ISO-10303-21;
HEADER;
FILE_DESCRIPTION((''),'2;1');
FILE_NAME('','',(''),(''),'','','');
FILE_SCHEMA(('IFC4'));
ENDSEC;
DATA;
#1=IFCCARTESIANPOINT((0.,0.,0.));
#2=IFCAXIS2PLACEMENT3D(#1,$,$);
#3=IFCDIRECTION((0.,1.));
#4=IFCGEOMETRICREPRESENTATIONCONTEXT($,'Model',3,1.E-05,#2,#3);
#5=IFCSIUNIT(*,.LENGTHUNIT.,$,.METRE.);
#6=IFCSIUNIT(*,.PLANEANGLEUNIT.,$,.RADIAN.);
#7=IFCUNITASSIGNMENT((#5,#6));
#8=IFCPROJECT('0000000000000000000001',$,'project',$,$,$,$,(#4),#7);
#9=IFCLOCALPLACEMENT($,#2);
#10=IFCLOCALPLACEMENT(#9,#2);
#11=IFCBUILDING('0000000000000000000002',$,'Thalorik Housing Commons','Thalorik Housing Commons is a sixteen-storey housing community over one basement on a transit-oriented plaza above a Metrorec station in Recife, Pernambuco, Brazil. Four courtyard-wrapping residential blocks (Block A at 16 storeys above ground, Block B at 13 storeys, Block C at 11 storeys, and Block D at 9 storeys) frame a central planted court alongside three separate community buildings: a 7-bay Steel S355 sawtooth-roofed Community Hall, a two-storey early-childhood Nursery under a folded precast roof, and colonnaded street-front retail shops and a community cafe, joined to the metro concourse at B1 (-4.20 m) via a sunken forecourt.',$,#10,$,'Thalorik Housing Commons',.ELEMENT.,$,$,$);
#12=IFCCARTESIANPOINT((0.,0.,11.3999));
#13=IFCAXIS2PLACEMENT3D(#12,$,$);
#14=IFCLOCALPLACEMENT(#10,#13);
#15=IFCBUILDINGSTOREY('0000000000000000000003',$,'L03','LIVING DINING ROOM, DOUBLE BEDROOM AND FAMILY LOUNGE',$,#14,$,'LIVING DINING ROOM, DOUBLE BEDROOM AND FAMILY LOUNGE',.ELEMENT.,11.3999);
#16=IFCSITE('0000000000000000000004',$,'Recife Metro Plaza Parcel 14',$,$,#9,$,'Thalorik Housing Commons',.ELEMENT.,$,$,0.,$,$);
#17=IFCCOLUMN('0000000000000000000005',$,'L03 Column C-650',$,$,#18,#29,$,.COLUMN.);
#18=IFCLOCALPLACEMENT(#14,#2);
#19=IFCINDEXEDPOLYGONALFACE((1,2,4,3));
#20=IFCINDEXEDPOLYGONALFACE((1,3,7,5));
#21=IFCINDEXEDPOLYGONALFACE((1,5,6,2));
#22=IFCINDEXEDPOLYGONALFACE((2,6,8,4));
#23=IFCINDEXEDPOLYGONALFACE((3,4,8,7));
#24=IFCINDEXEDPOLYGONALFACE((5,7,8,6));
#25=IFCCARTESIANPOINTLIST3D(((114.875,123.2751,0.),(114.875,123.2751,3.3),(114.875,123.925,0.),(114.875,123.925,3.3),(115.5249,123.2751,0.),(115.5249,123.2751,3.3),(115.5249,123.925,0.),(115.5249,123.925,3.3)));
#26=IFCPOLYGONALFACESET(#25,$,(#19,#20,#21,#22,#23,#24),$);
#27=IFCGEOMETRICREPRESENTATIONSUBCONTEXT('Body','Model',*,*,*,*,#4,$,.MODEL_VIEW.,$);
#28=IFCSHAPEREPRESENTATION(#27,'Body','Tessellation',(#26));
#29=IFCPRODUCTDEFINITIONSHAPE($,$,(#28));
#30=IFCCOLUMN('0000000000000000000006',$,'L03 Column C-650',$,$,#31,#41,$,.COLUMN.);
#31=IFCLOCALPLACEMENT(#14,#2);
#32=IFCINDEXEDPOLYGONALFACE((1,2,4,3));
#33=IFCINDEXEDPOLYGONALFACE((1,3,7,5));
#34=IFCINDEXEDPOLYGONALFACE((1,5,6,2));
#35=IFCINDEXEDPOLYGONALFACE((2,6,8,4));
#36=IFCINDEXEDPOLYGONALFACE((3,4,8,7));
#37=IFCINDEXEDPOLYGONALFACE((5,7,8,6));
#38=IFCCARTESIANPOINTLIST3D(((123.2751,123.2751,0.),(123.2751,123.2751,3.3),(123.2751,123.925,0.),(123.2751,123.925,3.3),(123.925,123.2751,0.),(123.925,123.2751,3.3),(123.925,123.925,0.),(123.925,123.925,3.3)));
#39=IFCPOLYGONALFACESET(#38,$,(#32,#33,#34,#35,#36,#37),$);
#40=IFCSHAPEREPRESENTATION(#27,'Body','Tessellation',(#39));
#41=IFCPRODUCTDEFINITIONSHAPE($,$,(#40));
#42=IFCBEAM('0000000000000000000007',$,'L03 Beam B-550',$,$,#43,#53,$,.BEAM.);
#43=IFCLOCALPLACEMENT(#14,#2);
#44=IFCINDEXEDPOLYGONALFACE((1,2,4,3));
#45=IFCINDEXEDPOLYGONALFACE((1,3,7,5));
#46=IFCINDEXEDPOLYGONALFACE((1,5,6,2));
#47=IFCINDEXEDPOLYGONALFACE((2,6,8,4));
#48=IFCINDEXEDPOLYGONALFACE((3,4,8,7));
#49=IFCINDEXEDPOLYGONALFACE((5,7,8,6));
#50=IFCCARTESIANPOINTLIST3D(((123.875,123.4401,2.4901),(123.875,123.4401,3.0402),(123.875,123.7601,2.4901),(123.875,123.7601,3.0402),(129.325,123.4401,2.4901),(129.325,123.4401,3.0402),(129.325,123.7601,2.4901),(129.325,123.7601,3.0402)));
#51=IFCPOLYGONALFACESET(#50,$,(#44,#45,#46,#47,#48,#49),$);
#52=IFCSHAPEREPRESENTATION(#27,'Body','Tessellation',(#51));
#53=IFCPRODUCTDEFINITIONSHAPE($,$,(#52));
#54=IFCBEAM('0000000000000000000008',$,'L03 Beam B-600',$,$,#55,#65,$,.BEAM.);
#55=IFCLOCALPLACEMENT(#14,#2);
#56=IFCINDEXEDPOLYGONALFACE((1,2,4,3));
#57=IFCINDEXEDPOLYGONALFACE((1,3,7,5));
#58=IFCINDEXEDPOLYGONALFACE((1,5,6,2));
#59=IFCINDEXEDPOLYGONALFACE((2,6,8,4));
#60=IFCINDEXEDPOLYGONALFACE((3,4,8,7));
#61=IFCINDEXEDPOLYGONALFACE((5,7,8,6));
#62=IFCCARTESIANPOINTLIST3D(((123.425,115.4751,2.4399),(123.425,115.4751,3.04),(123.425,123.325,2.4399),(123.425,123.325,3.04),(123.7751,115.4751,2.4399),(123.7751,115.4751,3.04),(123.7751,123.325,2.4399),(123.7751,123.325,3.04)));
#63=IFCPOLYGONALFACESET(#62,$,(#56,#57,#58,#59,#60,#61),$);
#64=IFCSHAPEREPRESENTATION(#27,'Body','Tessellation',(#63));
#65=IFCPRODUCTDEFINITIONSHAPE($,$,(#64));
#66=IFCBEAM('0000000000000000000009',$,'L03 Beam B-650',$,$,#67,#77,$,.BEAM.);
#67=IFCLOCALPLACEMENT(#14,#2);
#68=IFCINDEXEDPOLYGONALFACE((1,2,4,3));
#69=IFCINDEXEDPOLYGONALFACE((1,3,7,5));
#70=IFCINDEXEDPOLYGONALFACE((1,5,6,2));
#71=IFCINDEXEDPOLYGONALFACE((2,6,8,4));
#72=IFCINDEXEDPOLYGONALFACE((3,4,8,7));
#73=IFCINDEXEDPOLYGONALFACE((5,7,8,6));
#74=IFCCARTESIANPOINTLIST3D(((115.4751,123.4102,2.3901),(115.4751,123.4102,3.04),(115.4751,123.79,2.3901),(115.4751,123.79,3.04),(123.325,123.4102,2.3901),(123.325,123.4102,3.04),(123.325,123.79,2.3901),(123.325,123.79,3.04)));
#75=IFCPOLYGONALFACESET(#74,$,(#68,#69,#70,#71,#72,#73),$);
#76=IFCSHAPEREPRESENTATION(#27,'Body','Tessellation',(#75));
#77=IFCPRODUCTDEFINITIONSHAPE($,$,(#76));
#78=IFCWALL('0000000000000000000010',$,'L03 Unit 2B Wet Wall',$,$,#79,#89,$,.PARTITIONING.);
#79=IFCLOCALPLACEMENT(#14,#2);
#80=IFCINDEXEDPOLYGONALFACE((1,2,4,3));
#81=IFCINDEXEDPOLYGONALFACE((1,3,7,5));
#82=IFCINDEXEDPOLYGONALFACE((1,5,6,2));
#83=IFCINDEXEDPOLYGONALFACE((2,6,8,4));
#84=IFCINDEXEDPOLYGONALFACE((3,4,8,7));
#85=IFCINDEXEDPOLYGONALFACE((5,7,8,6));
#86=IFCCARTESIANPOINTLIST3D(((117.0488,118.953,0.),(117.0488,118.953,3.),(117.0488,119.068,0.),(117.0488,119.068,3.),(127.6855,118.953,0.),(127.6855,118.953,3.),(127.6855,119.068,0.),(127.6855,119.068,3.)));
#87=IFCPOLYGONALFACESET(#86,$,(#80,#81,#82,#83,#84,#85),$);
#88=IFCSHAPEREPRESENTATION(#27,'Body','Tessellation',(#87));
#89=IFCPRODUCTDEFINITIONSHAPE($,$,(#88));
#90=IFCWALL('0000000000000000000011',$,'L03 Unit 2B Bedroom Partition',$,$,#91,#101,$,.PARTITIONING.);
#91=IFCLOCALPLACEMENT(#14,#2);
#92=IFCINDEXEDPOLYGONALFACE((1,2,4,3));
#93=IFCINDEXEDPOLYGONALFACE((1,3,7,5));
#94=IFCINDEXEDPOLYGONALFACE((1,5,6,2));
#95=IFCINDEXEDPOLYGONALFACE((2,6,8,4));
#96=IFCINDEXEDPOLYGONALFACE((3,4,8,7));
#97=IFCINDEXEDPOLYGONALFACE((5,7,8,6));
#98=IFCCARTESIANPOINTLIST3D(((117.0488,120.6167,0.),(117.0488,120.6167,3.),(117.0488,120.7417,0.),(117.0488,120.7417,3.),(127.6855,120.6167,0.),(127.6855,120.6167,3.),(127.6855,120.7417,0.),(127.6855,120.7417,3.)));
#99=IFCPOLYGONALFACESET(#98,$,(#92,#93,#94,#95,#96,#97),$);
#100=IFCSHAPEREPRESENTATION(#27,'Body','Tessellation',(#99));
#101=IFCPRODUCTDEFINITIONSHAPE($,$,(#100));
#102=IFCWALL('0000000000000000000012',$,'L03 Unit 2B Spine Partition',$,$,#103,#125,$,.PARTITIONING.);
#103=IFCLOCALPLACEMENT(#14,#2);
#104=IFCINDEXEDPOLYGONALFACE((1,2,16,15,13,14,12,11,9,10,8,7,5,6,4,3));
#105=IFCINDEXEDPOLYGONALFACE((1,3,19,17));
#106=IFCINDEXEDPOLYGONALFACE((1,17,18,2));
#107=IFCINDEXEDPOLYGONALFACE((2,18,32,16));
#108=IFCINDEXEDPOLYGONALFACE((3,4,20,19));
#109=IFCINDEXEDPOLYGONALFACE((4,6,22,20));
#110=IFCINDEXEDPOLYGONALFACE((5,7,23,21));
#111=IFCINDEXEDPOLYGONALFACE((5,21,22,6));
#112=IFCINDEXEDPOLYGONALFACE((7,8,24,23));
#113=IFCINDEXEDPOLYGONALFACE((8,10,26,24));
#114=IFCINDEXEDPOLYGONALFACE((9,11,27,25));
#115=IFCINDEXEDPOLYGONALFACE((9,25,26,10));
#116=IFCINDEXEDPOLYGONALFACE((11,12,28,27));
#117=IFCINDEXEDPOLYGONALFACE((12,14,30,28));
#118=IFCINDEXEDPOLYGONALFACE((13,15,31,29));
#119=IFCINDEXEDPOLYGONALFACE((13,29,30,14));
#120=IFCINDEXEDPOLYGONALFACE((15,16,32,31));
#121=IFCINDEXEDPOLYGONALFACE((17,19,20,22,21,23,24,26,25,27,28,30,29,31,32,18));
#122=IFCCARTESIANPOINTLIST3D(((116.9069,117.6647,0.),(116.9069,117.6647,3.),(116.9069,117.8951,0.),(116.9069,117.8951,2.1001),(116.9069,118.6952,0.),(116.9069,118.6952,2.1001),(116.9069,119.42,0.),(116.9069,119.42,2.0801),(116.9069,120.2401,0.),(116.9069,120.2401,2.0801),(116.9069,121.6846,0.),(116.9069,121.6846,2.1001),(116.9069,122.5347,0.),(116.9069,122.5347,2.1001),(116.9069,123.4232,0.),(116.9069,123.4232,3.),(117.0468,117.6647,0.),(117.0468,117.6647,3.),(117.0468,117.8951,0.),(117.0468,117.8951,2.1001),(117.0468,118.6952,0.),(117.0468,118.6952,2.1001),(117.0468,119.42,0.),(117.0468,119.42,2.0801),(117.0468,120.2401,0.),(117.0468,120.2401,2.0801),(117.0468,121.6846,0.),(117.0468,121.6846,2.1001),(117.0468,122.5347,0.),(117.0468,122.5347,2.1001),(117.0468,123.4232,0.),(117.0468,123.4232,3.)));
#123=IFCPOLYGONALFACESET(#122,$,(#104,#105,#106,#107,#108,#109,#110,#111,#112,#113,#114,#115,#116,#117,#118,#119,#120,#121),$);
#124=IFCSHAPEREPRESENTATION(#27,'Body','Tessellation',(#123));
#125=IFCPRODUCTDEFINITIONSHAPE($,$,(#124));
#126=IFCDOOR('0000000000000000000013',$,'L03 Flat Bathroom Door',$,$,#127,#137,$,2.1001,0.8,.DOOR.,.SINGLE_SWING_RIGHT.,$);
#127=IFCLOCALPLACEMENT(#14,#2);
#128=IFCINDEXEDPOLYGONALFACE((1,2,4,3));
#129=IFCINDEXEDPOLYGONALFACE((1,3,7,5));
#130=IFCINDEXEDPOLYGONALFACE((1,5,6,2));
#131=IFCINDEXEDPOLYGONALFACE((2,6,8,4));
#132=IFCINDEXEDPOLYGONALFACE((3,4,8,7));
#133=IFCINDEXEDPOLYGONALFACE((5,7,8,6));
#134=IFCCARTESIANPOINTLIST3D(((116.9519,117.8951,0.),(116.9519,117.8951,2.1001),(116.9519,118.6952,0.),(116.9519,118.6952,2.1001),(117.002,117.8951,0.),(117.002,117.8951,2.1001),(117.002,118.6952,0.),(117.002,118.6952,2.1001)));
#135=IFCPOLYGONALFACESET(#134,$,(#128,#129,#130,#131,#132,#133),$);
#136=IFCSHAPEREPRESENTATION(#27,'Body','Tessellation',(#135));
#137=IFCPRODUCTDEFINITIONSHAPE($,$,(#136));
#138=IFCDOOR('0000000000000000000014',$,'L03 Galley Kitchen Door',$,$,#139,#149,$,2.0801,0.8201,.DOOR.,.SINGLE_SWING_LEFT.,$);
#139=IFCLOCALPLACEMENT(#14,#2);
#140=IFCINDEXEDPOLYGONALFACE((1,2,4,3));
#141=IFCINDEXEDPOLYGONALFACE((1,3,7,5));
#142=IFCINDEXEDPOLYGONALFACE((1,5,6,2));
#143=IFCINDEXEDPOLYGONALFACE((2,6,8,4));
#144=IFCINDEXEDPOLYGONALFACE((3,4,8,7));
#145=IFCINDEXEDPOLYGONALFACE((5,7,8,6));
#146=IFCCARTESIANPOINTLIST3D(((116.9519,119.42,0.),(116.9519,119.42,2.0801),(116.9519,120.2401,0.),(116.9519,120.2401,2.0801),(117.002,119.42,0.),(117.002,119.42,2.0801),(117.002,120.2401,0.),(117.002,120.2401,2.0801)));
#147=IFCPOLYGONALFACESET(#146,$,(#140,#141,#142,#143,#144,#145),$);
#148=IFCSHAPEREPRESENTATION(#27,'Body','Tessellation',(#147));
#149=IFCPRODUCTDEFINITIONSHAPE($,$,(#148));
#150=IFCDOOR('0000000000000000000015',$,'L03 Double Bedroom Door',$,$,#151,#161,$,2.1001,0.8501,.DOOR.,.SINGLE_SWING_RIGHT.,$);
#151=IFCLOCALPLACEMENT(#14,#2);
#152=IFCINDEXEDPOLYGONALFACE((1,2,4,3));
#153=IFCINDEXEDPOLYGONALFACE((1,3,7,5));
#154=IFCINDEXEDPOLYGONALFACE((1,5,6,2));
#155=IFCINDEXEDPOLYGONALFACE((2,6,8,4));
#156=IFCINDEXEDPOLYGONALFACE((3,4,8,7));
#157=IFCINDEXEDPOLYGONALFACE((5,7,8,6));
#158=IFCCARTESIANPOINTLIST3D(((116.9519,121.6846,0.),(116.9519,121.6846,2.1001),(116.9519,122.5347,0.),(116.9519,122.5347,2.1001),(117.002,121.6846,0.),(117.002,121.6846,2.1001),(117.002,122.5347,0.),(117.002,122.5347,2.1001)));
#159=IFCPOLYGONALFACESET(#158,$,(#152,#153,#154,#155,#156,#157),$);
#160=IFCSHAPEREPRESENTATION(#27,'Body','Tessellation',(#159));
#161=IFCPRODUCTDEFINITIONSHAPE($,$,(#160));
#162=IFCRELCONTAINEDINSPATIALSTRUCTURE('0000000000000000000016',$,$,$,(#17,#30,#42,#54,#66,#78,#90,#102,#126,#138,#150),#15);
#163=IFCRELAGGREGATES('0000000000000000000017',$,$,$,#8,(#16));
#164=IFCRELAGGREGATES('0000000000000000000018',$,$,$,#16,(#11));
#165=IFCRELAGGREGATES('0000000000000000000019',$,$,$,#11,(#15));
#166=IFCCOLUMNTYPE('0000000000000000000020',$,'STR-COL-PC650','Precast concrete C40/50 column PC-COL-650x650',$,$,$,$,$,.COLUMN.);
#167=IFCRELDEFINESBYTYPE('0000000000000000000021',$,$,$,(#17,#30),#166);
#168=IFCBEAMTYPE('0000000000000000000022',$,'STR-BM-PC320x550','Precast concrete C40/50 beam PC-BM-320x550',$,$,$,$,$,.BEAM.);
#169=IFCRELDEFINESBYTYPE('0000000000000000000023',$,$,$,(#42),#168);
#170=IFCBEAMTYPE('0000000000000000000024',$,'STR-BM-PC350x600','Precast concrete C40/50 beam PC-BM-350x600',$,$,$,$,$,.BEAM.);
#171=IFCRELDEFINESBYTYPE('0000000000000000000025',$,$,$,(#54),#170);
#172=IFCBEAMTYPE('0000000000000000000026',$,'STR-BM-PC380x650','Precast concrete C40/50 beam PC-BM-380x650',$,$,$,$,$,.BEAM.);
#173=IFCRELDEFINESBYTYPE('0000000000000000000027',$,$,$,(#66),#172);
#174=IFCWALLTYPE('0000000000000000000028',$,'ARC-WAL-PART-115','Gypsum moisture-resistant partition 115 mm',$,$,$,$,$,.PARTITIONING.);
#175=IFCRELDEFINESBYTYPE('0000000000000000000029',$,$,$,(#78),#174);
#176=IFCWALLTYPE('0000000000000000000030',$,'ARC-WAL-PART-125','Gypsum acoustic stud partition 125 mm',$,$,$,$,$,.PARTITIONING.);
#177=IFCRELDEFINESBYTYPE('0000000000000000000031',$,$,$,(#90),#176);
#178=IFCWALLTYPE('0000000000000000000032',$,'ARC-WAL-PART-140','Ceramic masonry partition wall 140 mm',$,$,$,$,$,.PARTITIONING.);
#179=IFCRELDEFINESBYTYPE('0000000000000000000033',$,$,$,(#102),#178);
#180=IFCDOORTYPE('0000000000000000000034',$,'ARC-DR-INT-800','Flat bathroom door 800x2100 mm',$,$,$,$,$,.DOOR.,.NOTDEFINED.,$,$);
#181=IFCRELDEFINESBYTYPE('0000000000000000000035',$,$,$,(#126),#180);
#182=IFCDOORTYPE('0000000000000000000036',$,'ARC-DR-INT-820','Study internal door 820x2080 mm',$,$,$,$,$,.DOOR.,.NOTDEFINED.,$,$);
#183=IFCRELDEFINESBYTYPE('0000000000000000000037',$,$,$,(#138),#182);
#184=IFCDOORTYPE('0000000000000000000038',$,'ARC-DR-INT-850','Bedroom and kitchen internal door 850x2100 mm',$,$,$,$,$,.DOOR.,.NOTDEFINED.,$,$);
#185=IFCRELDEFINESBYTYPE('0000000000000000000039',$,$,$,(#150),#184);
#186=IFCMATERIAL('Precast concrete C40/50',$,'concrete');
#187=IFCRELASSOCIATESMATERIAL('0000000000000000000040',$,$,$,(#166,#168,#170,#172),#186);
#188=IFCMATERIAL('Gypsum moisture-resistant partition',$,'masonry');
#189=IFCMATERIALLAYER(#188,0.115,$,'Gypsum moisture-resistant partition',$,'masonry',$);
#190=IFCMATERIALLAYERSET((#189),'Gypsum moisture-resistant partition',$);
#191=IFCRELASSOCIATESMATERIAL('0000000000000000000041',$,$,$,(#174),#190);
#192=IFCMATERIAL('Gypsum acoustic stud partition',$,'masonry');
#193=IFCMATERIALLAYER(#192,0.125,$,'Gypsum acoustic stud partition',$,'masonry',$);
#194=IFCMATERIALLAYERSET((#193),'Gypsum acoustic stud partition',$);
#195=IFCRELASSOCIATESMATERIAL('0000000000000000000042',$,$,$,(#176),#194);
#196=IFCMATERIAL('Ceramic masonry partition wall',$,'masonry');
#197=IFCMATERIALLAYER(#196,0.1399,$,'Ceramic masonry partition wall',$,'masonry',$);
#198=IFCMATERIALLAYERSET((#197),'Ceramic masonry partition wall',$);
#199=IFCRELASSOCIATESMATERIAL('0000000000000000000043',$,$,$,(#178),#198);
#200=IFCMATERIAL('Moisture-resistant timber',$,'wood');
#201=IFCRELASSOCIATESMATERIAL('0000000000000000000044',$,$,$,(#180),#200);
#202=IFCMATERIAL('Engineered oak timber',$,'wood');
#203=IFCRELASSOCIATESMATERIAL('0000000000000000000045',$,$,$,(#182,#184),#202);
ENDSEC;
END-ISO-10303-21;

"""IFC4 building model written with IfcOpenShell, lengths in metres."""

from ifc_helpers import new_model, si_unit, direction, frame, frame_2d, origin, origin_2d, place, context, subcontext, project, spatial, rectangle, extrude, material, layer, layer_set, material_profile, profile_set, type_object, element, fill, save


model = new_model("IFC4")

# Units and contexts
model_context = context("Model", 3, precision=1e-05, world=origin(), true_north=direction((0.0, 1.0)))
body_context = subcontext(model_context, "Body", "Model", "MODEL_VIEW")
ifc_project = project(units=[si_unit("LENGTHUNIT", "METRE"), si_unit("PLANEANGLEUNIT", "RADIAN")], contexts=[model_context])

# Site, building, storey
site_placement = place(None, origin())
site = spatial("IfcSite", under=ifc_project, at=site_placement, Name="Recife Metro Plaza Parcel 14", LongName="Thalorik Housing Commons", CompositionType="ELEMENT", RefElevation=0.0)
building_placement = place(site_placement, origin())
building = spatial("IfcBuilding", under=site, at=building_placement, Name="Thalorik Housing Commons", Description="Thalorik Housing Commons is a sixteen-storey housing community over one basement on a transit-oriented plaza above a Metrorec station in Recife, Pernambuco, Brazil. Four courtyard-wrapping residential blocks (Block A at 16 storeys above ground, Block B at 13 storeys, Block C at 11 storeys, and Block D at 9 storeys) frame a central planted court alongside three separate community buildings: a 7-bay Steel S355 sawtooth-roofed Community Hall, a two-storey early-childhood Nursery under a folded precast roof, and colonnaded street-front retail shops and a community cafe, joined to the metro concourse at B1 (-4.20 m) via a sunken forecourt.", LongName="Thalorik Housing Commons", CompositionType="ELEMENT")
storey_placement = place(building_placement, frame((0.0, 0.0, 11.3999)))
storey = spatial("IfcBuildingStorey", under=building, at=storey_placement, Name="L03", Description="LIVING DINING ROOM, DOUBLE BEDROOM AND FAMILY LOUNGE", LongName="LIVING DINING ROOM, DOUBLE BEDROOM AND FAMILY LOUNGE", CompositionType="ELEMENT", Elevation=11.3999)

# Columns
ifc_material_1 = material(Name="Precast concrete C40/50", Category="concrete")
ifc_material_profile_1 = material_profile(ifc_material_1, rectangle(XDim=0.6499, YDim=0.6499, at=origin_2d()), Name="PC 650x650", Category="concrete")
ifc_profile_set_1 = profile_set([ifc_material_profile_1], Name="Precast concrete C40/50")
column_type = type_object("IfcColumnType", Name="STR-COL-PC650", Description="Precast concrete C40/50 column PC-COL-650x650", PredefinedType="COLUMN", material=ifc_profile_set_1)
for number, where, z_axis, x_axis, name in (
    (1, (115.2, 123.6001, 0.0), (0.0, 0.0, 1.0), (1.0, 0.0, 0.0), "L03 Column C-650"),
    (2, (123.6001, 123.6001, 0.0), (0.0, 0.0, 1.0), (1.0, 0.0, 0.0), "L03 Column C-650"),
):
    element("IfcColumn", number, at=place(storey_placement, frame(where, z_axis=z_axis, x_axis=x_axis)), inside=storey, type_object=column_type, Name=name, PredefinedType="COLUMN", context=body_context, shape_type="SweptSolid", body=[
        extrude(rectangle(XDim=0.6499, YDim=0.6499, at=origin_2d()), origin(), (0.0, 0.0, 1.0), 3.3),
    ])

# Beams
ifc_material_profile_2 = material_profile(ifc_material_1, rectangle(XDim=0.3201, YDim=0.55, at=origin_2d()), Name="PC 320x550", Category="concrete")
ifc_profile_set_2 = profile_set([ifc_material_profile_2], Name="Precast concrete C40/50")
beam_type_1 = type_object("IfcBeamType", Name="STR-BM-PC320x550", Description="Precast concrete C40/50 beam PC-BM-320x550", PredefinedType="BEAM", material=ifc_profile_set_2)
beam_1_placement = place(storey_placement, frame((123.875, 123.6001, 2.7651), z_axis=(1.0, 0.0, 0.0), x_axis=(0.0, 1.0, 0.0)))
element("IfcBeam", 3, at=beam_1_placement, inside=storey, type_object=beam_type_1, Name="L03 Beam B-550", PredefinedType="BEAM", context=body_context, shape_type="SweptSolid", body=[
    extrude(rectangle(XDim=0.3201, YDim=0.55, at=origin_2d()), origin(), (0.0, 0.0, 1.0), 5.45),
])
ifc_material_profile_3 = material_profile(ifc_material_1, rectangle(XDim=0.3501, YDim=0.6001, at=origin_2d()), Name="PC 350x600", Category="concrete")
ifc_profile_set_3 = profile_set([ifc_material_profile_3], Name="Precast concrete C40/50")
beam_type_2 = type_object("IfcBeamType", Name="STR-BM-PC350x600", Description="Precast concrete C40/50 beam PC-BM-350x600", PredefinedType="BEAM", material=ifc_profile_set_3)
beam_2_placement = place(storey_placement, frame((123.6001, 115.4751, 2.74), z_axis=(0.0, 1.0, 0.0), x_axis=(-1.0, 0.0, 0.0)))
element("IfcBeam", 4, at=beam_2_placement, inside=storey, type_object=beam_type_2, Name="L03 Beam B-600", PredefinedType="BEAM", context=body_context, shape_type="SweptSolid", body=[
    extrude(rectangle(XDim=0.3501, YDim=0.6001, at=origin_2d()), origin(), (0.0, 0.0, 1.0), 7.8499),
])
ifc_material_profile_4 = material_profile(ifc_material_1, rectangle(XDim=0.3799, YDim=0.6499, at=origin_2d()), Name="PC 380x650", Category="concrete")
ifc_profile_set_4 = profile_set([ifc_material_profile_4], Name="Precast concrete C40/50")
beam_type_3 = type_object("IfcBeamType", Name="STR-BM-PC380x650", Description="Precast concrete C40/50 beam PC-BM-380x650", PredefinedType="BEAM", material=ifc_profile_set_4)
beam_3_placement = place(storey_placement, frame((115.4751, 123.6001, 2.7151), z_axis=(1.0, 0.0, 0.0), x_axis=(0.0, 1.0, 0.0)))
element("IfcBeam", 5, at=beam_3_placement, inside=storey, type_object=beam_type_3, Name="L03 Beam B-650", PredefinedType="BEAM", context=body_context, shape_type="SweptSolid", body=[
    extrude(rectangle(XDim=0.3799, YDim=0.6499, at=origin_2d()), origin(), (0.0, 0.0, 1.0), 7.8499),
])

# Walls
ifc_material_2 = material(Name="Gypsum moisture-resistant partition", Category="masonry")
ifc_layer_1 = layer(ifc_material_2, 0.115, Name="Gypsum moisture-resistant partition", Category="masonry")
ifc_layer_set_1 = layer_set([ifc_layer_1], Name="Gypsum moisture-resistant partition")
wall_type_1 = type_object("IfcWallType", Name="ARC-WAL-PART-115", Description="Gypsum moisture-resistant partition 115 mm", PredefinedType="PARTITIONING", material=ifc_layer_set_1)
wall_1_placement = place(storey_placement, frame((117.0488, 119.0105, 0.0), z_axis=(0.0, 0.0, 1.0), x_axis=(1.0, 0.0, 0.0)))
element("IfcWall", 6, at=wall_1_placement, inside=storey, type_object=wall_type_1, Name="L03 Unit 2B Wet Wall", PredefinedType="PARTITIONING", context=body_context, shape_type="SweptSolid", body=[
    extrude(rectangle(XDim=10.6367, YDim=0.115, at=frame_2d((5.3184, 0.0))), origin(), (0.0, 0.0, 1.0), 3.0),
])
ifc_material_3 = material(Name="Gypsum acoustic stud partition", Category="masonry")
ifc_layer_2 = layer(ifc_material_3, 0.125, Name="Gypsum acoustic stud partition", Category="masonry")
ifc_layer_set_2 = layer_set([ifc_layer_2], Name="Gypsum acoustic stud partition")
wall_type_2 = type_object("IfcWallType", Name="ARC-WAL-PART-125", Description="Gypsum acoustic stud partition 125 mm", PredefinedType="PARTITIONING", material=ifc_layer_set_2)
wall_2_placement = place(storey_placement, frame((117.0488, 120.6792, 0.0), z_axis=(0.0, 0.0, 1.0), x_axis=(1.0, 0.0, 0.0)))
element("IfcWall", 7, at=wall_2_placement, inside=storey, type_object=wall_type_2, Name="L03 Unit 2B Bedroom Partition", PredefinedType="PARTITIONING", context=body_context, shape_type="SweptSolid", body=[
    extrude(rectangle(XDim=10.6367, YDim=0.125, at=frame_2d((5.3184, 0.0))), origin(), (0.0, 0.0, 1.0), 3.0),
])

# Wall, openings, doors
ifc_material_4 = material(Name="Ceramic masonry partition wall", Category="masonry")
ifc_layer_3 = layer(ifc_material_4, 0.1399, Name="Ceramic masonry partition wall", Category="masonry")
ifc_layer_set_3 = layer_set([ifc_layer_3], Name="Ceramic masonry partition wall")
wall_type_3 = type_object("IfcWallType", Name="ARC-WAL-PART-140", Description="Ceramic masonry partition wall 140 mm", PredefinedType="PARTITIONING", material=ifc_layer_set_3)
wall_3_placement = place(storey_placement, frame((116.9768, 117.6646, 0.0), z_axis=(0.0, 0.0, 1.0), x_axis=(0.0, 1.0, 0.0)))
wall_3 = element("IfcWall", 8, at=wall_3_placement, inside=storey, type_object=wall_type_3, Name="L03 Unit 2B Spine Partition", PredefinedType="PARTITIONING", context=body_context, shape_type="SweptSolid", body=[
    extrude(rectangle(XDim=5.7585, YDim=0.1399, at=frame_2d((2.8794, 0.0))), origin(), (0.0, 0.0, 1.0), 3.0),
])
opening_1_placement = place(wall_3_placement, frame((0.2307, 0.0, 0.0)))
opening_1 = element("IfcOpeningElement", 9, at=opening_1_placement, cuts=wall_3, PredefinedType="OPENING", context=body_context, shape_type="SweptSolid", body=[
    extrude(rectangle(XDim=0.8, YDim=2.1001, at=frame_2d((0.3999, 1.05))), frame((0.0, 0.0801, 0.0), z_axis=(0.0, -1.0, 0.0), x_axis=(1.0, 0.0, 0.0)), (0.0, 0.0, 1.0), 0.1599),
])
opening_2_placement = place(wall_3_placement, frame((1.7554, 0.0, 0.0)))
opening_2 = element("IfcOpeningElement", 10, at=opening_2_placement, cuts=wall_3, PredefinedType="OPENING", context=body_context, shape_type="SweptSolid", body=[
    extrude(rectangle(XDim=0.8201, YDim=2.0801, at=frame_2d((0.4102, 1.04))), frame((0.0, 0.0801, 0.0), z_axis=(0.0, -1.0, 0.0), x_axis=(1.0, 0.0, 0.0)), (0.0, 0.0, 1.0), 0.1599),
])
opening_3_placement = place(wall_3_placement, frame((4.02, 0.0, 0.0)))
opening_3 = element("IfcOpeningElement", 11, at=opening_3_placement, cuts=wall_3, PredefinedType="OPENING", context=body_context, shape_type="SweptSolid", body=[
    extrude(rectangle(XDim=0.8501, YDim=2.1001, at=frame_2d((0.425, 1.05))), frame((0.0, 0.0801, 0.0), z_axis=(0.0, -1.0, 0.0), x_axis=(1.0, 0.0, 0.0)), (0.0, 0.0, 1.0), 0.1599),
])
ifc_material_5 = material(Name="Moisture-resistant timber", Category="wood")
door_type_1 = type_object("IfcDoorType", Name="ARC-DR-INT-800", Description="Flat bathroom door 800x2100 mm", OperationType="NOTDEFINED", PredefinedType="DOOR", material=ifc_material_5)
door_1_placement = place(opening_1_placement, origin())
door_1 = element("IfcDoor", 12, at=door_1_placement, inside=storey, type_object=door_type_1, Name="L03 Flat Bathroom Door", OperationType="SINGLE_SWING_RIGHT", OverallHeight=2.1001, OverallWidth=0.8, PredefinedType="DOOR", context=body_context, shape_type="SweptSolid", body=[
    extrude(rectangle(XDim=0.8, YDim=2.1001, at=frame_2d((0.3999, 1.05))), frame((0.0, 0.0249, 0.0), z_axis=(0.0, -1.0, 0.0), x_axis=(1.0, 0.0, 0.0)), (0.0, 0.0, 1.0), 0.05),
])
fill(opening_1, door_1)
ifc_material_6 = material(Name="Engineered oak timber", Category="wood")
door_type_2 = type_object("IfcDoorType", Name="ARC-DR-INT-820", Description="Study internal door 820x2080 mm", OperationType="NOTDEFINED", PredefinedType="DOOR", material=ifc_material_6)
door_2_placement = place(opening_2_placement, origin())
door_2 = element("IfcDoor", 13, at=door_2_placement, inside=storey, type_object=door_type_2, Name="L03 Galley Kitchen Door", OperationType="SINGLE_SWING_LEFT", OverallHeight=2.0801, OverallWidth=0.8201, PredefinedType="DOOR", context=body_context, shape_type="SweptSolid", body=[
    extrude(rectangle(XDim=0.8201, YDim=2.0801, at=frame_2d((0.4102, 1.04))), frame((0.0, 0.0249, 0.0), z_axis=(0.0, -1.0, 0.0), x_axis=(1.0, 0.0, 0.0)), (0.0, 0.0, 1.0), 0.05),
])
fill(opening_2, door_2)
door_type_3 = type_object("IfcDoorType", Name="ARC-DR-INT-850", Description="Bedroom and kitchen internal door 850x2100 mm", OperationType="NOTDEFINED", PredefinedType="DOOR", material=ifc_material_6)
door_3_placement = place(opening_3_placement, origin())
door_3 = element("IfcDoor", 14, at=door_3_placement, inside=storey, type_object=door_type_3, Name="L03 Double Bedroom Door", OperationType="SINGLE_SWING_RIGHT", OverallHeight=2.1001, OverallWidth=0.8501, PredefinedType="DOOR", context=body_context, shape_type="SweptSolid", body=[
    extrude(rectangle(XDim=0.8501, YDim=2.1001, at=frame_2d((0.425, 1.05))), frame((0.0, 0.0249, 0.0), z_axis=(0.0, -1.0, 0.0), x_axis=(1.0, 0.0, 0.0)), (0.0, 0.0, 1.0), 0.05),
])
fill(opening_3, door_3)

save(model, "model.ifc")
